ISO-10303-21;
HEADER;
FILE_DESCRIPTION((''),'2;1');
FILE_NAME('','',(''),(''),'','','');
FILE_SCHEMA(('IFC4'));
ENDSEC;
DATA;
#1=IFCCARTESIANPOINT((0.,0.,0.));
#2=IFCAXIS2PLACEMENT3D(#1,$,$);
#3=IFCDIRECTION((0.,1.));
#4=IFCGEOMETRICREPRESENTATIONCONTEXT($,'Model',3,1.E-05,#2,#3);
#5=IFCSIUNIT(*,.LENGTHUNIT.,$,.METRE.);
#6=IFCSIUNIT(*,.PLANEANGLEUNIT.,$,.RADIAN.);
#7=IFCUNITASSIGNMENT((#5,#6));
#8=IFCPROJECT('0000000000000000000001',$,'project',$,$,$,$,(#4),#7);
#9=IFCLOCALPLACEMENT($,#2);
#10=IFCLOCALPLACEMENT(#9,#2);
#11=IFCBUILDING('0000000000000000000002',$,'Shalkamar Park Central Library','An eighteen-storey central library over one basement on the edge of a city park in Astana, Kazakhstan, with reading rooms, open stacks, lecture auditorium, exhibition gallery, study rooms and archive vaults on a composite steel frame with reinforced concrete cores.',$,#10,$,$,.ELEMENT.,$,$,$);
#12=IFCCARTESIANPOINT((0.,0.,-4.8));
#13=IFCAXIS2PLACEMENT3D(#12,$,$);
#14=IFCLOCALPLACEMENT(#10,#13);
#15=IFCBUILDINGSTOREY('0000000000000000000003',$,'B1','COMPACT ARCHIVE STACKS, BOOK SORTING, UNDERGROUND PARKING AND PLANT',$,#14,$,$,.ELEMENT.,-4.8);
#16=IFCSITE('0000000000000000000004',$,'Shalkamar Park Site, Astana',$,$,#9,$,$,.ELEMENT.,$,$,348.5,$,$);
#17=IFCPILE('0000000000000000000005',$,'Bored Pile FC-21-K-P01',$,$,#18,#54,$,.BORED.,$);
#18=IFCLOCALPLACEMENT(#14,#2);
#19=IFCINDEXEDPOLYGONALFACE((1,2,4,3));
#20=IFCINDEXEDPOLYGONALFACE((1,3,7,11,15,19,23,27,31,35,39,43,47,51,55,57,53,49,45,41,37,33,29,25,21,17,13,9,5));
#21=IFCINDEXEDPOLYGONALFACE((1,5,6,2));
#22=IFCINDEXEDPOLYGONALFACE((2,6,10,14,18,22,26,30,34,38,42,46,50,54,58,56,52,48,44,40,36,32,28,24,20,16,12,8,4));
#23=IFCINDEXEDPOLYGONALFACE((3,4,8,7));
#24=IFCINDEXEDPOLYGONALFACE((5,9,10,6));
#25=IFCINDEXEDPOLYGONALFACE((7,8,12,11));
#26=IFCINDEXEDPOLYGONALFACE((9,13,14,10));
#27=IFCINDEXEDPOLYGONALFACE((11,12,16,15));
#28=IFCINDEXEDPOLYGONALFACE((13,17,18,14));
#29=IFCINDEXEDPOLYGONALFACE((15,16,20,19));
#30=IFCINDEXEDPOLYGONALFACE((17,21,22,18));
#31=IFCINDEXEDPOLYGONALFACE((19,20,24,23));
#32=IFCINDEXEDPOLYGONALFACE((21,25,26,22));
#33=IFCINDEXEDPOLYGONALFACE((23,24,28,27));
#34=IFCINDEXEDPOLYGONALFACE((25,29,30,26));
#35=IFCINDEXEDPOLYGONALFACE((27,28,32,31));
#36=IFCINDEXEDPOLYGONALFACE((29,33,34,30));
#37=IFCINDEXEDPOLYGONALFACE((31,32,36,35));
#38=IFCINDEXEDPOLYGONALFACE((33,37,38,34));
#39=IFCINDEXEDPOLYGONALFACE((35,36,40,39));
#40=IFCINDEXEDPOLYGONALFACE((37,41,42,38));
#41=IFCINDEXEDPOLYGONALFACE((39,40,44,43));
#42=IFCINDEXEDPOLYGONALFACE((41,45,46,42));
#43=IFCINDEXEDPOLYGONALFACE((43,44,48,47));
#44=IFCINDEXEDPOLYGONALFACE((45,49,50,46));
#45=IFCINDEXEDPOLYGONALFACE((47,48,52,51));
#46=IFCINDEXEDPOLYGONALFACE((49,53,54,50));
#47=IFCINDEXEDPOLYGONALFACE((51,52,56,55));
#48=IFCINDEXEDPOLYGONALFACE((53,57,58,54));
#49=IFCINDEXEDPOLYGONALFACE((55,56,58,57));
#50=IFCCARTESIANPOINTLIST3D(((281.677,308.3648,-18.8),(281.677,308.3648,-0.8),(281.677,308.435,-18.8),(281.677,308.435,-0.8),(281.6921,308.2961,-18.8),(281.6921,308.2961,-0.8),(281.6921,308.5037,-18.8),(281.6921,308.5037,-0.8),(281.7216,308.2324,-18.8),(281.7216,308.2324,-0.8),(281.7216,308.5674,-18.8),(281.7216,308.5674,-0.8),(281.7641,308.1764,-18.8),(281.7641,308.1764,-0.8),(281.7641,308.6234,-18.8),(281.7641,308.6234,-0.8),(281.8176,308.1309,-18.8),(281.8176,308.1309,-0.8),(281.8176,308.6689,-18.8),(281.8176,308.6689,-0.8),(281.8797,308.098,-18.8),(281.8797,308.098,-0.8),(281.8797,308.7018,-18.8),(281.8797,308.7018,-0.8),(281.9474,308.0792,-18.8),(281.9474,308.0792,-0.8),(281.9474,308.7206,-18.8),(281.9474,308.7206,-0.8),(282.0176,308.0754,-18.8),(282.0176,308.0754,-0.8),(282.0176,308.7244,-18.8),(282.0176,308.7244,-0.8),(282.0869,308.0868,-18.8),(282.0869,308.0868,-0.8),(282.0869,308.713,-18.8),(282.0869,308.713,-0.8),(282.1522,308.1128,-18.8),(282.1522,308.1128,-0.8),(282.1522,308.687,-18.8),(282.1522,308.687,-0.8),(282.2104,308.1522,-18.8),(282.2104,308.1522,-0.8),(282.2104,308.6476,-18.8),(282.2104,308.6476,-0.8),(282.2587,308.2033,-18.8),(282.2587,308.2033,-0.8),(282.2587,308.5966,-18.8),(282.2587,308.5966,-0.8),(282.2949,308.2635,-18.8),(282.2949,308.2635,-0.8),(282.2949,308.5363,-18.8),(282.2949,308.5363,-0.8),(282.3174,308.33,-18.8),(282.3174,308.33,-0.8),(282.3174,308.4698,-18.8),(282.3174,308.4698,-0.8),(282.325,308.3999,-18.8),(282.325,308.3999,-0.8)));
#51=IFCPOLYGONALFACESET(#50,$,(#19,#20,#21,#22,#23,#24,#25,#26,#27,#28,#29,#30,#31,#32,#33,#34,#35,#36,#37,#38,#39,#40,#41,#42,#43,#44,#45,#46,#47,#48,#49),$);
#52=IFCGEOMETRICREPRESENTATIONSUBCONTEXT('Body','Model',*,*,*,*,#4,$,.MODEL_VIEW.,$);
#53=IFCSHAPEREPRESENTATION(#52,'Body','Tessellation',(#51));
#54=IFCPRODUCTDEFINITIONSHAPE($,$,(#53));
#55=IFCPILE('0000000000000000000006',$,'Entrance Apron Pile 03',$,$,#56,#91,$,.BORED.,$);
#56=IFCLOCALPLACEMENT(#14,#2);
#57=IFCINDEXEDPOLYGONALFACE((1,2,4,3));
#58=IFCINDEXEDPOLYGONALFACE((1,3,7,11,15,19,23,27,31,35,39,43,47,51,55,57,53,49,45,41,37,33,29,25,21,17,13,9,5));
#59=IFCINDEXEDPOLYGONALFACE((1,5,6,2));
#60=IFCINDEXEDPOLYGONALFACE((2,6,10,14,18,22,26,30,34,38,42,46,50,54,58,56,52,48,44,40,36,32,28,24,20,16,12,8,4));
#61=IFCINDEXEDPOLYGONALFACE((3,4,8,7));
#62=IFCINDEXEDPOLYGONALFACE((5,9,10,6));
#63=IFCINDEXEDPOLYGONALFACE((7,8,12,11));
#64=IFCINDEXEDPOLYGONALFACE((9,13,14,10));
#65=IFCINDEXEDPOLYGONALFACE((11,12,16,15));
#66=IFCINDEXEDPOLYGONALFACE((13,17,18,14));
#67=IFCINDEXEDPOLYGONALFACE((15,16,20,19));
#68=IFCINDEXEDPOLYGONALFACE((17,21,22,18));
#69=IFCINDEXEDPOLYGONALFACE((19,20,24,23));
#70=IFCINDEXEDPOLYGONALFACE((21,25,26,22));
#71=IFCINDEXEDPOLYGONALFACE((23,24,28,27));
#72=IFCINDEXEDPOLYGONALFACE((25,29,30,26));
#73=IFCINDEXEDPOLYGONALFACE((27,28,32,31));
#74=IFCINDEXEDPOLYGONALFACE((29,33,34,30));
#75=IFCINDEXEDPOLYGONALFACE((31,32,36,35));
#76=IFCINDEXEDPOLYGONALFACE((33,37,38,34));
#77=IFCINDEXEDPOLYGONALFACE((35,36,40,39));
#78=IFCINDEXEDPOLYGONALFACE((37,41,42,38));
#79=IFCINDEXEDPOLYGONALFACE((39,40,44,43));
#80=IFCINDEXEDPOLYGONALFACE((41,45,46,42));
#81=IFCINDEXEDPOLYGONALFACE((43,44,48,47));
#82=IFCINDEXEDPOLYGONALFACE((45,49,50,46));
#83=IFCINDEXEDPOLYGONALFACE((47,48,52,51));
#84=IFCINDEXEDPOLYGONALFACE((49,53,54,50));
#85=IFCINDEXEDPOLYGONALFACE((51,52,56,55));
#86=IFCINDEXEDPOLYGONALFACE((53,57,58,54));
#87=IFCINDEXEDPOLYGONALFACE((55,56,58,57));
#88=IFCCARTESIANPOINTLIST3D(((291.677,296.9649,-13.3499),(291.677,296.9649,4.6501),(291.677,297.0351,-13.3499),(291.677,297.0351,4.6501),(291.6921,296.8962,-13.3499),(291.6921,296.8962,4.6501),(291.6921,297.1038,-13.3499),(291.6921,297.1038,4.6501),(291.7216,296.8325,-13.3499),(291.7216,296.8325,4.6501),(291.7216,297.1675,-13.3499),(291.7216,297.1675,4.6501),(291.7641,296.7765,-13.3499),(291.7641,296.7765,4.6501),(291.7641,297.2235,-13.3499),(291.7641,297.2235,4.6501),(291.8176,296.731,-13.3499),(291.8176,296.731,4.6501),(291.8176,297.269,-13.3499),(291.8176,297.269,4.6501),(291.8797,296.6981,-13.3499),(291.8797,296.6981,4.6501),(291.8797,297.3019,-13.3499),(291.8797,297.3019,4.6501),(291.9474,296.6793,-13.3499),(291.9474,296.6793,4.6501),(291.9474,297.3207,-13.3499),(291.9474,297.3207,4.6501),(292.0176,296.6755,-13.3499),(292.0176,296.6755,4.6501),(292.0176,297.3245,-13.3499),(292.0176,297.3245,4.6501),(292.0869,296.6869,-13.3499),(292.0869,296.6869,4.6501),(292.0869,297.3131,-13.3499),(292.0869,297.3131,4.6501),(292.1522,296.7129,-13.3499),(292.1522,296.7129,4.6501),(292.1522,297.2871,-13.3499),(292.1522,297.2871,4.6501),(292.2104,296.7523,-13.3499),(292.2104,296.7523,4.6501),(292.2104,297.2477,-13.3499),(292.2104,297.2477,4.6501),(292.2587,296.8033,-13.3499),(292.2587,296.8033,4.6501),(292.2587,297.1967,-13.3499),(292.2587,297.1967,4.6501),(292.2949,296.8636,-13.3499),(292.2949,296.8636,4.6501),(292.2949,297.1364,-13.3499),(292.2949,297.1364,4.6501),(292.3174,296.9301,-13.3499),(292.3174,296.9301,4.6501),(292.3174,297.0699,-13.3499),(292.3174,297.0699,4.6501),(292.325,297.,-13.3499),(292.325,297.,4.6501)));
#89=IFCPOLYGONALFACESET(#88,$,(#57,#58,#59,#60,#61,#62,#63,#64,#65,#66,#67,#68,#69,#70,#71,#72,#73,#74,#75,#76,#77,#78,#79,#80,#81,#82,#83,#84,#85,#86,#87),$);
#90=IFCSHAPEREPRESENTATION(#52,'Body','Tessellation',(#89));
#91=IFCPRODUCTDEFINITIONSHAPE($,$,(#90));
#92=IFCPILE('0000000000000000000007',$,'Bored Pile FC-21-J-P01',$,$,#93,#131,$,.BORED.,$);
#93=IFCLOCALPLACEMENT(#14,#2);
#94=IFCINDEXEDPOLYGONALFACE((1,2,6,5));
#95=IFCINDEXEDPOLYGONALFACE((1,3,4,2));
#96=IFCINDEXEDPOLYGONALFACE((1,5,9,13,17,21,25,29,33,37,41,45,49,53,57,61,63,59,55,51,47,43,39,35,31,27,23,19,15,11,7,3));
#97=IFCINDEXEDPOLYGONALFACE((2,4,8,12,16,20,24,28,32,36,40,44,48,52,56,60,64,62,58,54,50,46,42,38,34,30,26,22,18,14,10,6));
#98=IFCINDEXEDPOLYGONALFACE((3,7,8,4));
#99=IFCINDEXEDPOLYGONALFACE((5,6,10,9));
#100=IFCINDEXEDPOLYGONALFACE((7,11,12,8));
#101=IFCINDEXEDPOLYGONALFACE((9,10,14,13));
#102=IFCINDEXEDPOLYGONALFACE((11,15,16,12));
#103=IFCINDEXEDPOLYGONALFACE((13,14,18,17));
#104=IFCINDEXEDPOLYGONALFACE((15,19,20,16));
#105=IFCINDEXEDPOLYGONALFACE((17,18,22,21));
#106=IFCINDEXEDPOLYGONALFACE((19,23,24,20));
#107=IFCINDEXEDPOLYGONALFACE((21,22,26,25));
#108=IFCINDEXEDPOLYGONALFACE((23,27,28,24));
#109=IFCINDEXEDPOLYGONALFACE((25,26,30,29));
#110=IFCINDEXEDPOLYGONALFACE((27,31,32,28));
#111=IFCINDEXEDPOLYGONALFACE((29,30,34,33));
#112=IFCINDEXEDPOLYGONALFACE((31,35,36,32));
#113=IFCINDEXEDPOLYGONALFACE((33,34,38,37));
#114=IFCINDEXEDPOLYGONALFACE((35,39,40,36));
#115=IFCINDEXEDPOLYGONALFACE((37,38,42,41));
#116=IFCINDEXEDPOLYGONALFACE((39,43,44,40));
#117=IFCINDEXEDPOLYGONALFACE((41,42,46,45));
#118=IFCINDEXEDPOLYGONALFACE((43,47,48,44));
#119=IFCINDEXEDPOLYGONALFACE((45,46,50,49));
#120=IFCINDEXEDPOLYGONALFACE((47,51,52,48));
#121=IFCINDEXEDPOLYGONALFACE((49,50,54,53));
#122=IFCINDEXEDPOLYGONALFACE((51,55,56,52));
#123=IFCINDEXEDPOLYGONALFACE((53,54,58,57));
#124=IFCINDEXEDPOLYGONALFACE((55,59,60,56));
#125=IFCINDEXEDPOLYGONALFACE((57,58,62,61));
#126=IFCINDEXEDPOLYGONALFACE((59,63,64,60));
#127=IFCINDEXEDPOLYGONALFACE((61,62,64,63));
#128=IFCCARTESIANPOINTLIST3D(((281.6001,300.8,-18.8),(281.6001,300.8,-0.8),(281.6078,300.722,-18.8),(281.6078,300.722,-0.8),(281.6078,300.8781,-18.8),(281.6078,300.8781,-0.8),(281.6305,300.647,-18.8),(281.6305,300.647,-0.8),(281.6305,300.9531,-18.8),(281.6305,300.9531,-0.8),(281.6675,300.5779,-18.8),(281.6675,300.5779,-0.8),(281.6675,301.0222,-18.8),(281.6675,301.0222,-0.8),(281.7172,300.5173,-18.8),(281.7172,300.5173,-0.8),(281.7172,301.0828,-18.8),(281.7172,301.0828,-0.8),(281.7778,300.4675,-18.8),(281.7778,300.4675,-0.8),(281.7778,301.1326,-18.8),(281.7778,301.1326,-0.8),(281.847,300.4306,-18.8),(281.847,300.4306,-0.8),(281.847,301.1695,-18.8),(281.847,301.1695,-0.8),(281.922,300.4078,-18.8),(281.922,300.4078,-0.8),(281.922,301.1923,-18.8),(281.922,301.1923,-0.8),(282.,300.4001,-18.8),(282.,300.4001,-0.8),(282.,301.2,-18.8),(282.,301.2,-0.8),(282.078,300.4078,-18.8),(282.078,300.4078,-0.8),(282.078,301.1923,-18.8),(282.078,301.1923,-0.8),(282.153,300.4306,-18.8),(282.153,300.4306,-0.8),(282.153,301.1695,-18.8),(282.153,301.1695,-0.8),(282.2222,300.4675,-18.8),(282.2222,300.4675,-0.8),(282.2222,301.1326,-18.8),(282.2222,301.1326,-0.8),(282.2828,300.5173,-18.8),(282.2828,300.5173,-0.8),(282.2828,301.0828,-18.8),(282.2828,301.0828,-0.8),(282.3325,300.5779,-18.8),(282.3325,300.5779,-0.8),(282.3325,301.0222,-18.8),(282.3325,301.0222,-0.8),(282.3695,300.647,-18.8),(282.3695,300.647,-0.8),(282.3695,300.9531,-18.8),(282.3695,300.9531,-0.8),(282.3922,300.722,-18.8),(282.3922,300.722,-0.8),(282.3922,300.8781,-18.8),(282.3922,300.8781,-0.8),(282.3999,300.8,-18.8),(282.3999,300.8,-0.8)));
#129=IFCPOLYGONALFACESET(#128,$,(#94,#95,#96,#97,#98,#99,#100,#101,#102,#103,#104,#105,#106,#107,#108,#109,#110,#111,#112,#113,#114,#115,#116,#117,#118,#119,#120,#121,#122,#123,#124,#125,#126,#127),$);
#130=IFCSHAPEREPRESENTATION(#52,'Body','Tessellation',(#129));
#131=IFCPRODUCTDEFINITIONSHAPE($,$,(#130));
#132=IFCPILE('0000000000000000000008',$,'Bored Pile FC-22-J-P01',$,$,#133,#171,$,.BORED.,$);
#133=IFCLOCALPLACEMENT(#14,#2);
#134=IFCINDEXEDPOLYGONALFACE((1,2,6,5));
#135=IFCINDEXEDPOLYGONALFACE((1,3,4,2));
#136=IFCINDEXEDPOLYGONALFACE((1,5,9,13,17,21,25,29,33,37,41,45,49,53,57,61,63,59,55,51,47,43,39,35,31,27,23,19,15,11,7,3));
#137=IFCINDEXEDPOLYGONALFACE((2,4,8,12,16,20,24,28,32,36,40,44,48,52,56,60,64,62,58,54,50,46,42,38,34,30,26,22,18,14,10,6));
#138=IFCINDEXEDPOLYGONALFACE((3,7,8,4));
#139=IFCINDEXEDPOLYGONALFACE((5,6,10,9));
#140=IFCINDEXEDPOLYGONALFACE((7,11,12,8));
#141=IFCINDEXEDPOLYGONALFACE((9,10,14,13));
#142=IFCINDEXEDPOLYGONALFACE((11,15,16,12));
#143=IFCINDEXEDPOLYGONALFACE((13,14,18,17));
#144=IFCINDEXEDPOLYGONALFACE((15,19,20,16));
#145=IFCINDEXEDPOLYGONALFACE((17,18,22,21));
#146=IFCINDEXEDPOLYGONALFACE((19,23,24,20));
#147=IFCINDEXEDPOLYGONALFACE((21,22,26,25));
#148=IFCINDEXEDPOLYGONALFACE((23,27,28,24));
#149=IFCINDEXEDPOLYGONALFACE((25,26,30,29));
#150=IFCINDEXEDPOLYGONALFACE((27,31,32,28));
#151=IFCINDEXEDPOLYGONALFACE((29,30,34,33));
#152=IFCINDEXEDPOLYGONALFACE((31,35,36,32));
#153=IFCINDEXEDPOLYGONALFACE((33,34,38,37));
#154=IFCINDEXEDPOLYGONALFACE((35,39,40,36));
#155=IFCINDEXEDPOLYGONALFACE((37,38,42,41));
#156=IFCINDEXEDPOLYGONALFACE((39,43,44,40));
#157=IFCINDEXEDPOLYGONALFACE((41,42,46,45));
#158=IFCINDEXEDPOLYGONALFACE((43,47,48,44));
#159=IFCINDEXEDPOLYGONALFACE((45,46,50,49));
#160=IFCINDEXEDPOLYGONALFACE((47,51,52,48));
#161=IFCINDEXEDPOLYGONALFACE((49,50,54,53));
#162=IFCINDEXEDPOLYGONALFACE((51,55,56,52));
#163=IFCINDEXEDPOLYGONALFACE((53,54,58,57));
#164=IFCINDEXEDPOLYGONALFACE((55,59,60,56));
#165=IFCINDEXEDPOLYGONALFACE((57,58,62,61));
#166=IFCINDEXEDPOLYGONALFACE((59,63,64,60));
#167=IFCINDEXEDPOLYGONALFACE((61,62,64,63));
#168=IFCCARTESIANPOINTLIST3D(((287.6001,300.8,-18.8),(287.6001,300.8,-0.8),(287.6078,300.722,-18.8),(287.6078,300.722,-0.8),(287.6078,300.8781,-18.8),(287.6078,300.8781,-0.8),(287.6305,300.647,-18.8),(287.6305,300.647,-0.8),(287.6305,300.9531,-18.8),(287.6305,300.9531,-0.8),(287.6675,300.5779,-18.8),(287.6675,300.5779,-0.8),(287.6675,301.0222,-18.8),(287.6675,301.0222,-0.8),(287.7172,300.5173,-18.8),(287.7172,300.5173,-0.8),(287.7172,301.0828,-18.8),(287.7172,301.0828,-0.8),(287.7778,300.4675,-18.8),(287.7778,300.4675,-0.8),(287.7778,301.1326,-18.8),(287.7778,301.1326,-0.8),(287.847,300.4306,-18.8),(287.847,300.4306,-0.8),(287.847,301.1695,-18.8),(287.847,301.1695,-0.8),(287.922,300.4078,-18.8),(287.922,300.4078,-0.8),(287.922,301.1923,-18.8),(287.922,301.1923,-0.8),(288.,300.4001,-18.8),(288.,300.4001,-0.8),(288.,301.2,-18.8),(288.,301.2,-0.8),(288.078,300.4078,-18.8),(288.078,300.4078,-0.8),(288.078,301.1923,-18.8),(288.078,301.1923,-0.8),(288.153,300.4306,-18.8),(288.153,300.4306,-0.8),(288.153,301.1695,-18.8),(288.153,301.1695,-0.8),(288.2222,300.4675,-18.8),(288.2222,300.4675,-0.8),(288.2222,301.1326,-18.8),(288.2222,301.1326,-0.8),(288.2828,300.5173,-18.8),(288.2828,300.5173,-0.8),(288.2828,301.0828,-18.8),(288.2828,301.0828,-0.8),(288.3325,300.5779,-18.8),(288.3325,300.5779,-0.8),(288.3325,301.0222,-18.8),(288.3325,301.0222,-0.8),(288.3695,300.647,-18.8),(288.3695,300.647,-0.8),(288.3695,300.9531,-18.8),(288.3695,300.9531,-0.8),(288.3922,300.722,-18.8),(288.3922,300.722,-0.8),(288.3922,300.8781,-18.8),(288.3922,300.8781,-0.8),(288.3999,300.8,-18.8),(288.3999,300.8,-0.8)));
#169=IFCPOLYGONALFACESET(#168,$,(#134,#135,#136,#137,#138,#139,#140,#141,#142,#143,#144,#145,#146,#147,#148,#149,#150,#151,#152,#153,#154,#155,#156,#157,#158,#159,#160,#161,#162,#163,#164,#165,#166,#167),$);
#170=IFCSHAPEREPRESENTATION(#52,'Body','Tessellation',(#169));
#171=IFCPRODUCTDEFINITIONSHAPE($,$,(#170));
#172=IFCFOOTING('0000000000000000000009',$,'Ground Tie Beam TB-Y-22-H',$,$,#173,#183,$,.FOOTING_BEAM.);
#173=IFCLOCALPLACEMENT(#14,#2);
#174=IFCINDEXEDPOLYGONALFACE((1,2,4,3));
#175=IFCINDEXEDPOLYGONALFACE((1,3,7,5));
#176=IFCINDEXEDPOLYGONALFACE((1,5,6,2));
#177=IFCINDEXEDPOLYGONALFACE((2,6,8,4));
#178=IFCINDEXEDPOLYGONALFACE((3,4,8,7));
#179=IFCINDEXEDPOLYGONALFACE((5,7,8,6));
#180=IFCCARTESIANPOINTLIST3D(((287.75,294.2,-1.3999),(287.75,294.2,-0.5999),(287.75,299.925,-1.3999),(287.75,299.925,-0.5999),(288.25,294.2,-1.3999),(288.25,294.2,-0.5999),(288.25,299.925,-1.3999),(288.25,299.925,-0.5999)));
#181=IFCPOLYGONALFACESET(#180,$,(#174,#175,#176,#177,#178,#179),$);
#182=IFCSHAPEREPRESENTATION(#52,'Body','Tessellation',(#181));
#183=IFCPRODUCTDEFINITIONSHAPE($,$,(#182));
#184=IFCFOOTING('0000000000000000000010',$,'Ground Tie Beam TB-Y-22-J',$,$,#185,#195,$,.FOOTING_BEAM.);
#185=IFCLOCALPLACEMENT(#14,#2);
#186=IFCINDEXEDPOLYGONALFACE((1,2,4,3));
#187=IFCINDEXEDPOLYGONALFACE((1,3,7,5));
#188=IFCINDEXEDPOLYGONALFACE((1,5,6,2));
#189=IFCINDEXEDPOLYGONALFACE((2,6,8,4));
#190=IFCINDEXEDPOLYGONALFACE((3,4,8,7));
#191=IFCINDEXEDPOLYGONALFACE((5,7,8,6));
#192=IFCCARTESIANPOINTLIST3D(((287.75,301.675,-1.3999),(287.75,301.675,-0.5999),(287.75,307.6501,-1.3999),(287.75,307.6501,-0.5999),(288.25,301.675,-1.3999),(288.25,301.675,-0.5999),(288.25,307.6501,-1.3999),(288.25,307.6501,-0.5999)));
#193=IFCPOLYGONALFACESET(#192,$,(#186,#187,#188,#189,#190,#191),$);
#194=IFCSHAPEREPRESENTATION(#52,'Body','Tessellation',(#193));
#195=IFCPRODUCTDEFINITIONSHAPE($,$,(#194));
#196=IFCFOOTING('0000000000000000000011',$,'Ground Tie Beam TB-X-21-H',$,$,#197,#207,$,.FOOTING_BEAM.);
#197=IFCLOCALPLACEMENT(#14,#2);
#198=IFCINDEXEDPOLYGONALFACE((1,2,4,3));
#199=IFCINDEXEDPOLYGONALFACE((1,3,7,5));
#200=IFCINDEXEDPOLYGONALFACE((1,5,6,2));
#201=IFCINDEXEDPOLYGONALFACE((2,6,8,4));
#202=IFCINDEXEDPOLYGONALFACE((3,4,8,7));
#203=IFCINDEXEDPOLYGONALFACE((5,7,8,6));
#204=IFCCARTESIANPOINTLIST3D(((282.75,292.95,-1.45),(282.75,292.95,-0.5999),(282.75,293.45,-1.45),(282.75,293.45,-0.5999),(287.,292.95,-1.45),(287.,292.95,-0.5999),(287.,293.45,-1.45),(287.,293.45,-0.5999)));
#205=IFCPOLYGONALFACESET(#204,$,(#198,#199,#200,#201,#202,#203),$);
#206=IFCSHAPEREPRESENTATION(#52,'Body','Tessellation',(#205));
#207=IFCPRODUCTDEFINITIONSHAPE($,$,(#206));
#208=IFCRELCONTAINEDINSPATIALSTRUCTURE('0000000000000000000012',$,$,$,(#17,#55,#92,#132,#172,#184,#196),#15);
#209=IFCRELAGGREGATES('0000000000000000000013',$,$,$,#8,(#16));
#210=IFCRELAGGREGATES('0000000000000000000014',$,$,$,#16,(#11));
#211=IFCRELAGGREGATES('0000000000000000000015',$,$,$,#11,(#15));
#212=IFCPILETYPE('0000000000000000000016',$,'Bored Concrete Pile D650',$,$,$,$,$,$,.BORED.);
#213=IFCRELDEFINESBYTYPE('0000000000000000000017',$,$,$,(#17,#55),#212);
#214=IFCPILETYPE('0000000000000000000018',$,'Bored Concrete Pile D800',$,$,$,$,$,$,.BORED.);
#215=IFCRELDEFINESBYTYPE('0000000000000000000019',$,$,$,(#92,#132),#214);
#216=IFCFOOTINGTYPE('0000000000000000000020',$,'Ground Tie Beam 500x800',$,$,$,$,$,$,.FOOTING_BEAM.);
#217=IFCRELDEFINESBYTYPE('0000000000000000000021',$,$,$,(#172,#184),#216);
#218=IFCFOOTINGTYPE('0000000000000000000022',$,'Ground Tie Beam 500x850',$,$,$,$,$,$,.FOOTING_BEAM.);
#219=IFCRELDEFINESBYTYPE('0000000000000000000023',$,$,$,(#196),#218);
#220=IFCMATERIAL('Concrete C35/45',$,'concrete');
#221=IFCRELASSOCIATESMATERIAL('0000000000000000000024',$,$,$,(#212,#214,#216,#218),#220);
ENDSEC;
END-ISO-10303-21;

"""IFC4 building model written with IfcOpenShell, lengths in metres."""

from ifc_helpers import new_model, si_unit, direction, frame, origin, origin_2d, place, context, subcontext, project, spatial, rectangle, circle, extrude, material, material_profile, profile_set, type_object, element, save


model = new_model("IFC4")

# Units and contexts
model_context = context("Model", 3, precision=1e-05, world=origin(), true_north=direction((0.0, 1.0)))
body_context = subcontext(model_context, "Body", "Model", "MODEL_VIEW")
ifc_project = project(units=[si_unit("LENGTHUNIT", "METRE"), si_unit("PLANEANGLEUNIT", "RADIAN")], contexts=[model_context])

# Site, building, storey
site_placement = place(None, origin())
site = spatial("IfcSite", under=ifc_project, at=site_placement, Name="Shalkamar Park Site, Astana", CompositionType="ELEMENT", RefElevation=348.5)
building_placement = place(site_placement, origin())
building = spatial("IfcBuilding", under=site, at=building_placement, Name="Shalkamar Park Central Library", Description="An eighteen-storey central library over one basement on the edge of a city park in Astana, Kazakhstan, with reading rooms, open stacks, lecture auditorium, exhibition gallery, study rooms and archive vaults on a composite steel frame with reinforced concrete cores.", CompositionType="ELEMENT")
storey_placement = place(building_placement, frame((0.0, 0.0, -4.8)))
storey = spatial("IfcBuildingStorey", under=building, at=storey_placement, Name="B1", Description="COMPACT ARCHIVE STACKS, BOOK SORTING, UNDERGROUND PARKING AND PLANT", CompositionType="ELEMENT", Elevation=-4.8)

# Piles
ifc_material_1 = material(Name="Concrete C35/45", Category="concrete")
ifc_material_profile_1 = material_profile(ifc_material_1, circle(Radius=0.325, at=origin_2d()), Name="PILE D650")
ifc_profile_set_1 = profile_set([ifc_material_profile_1], Name="Concrete C35/45")
pile_type_1 = type_object("IfcPileType", Name="Bored Concrete Pile D650", PredefinedType="BORED", material=ifc_profile_set_1)
for number, where, z_axis, x_axis, name in (
    (1, (282.0, 308.3999, -0.8), (0.0, 0.0, -1.0), (1.0, 0.0, 0.0), "Bored Pile FC-21-K-P01"),
    (2, (292.0, 297.0, 4.6501), (0.0, 0.0, -1.0), (1.0, 0.0, 0.0), "Entrance Apron Pile 03"),
):
    element("IfcPile", number, at=place(storey_placement, frame(where, z_axis=z_axis, x_axis=x_axis)), inside=storey, type_object=pile_type_1, Name=name, PredefinedType="BORED", context=body_context, shape_type="SweptSolid", body=[
        extrude(circle(Radius=0.325, at=origin_2d()), origin(), (0.0, 0.0, 1.0), 18.0),
    ])
ifc_material_profile_2 = material_profile(ifc_material_1, circle(Radius=0.3999, at=origin_2d()), Name="PILE D800")
ifc_profile_set_2 = profile_set([ifc_material_profile_2], Name="Concrete C35/45")
pile_type_2 = type_object("IfcPileType", Name="Bored Concrete Pile D800", PredefinedType="BORED", material=ifc_profile_set_2)
for number, where, z_axis, x_axis, name in (
    (3, (282.0, 300.8, -0.8), (0.0, 0.0, -1.0), (1.0, 0.0, 0.0), "Bored Pile FC-21-J-P01"),
    (4, (288.0, 300.8, -0.8), (0.0, 0.0, -1.0), (1.0, 0.0, 0.0), "Bored Pile FC-22-J-P01"),
):
    element("IfcPile", number, at=place(storey_placement, frame(where, z_axis=z_axis, x_axis=x_axis)), inside=storey, type_object=pile_type_2, Name=name, PredefinedType="BORED", context=body_context, shape_type="SweptSolid", body=[
        extrude(circle(Radius=0.3999, at=origin_2d()), origin(), (0.0, 0.0, 1.0), 18.0),
    ])

# Footings
footing_type_1 = type_object("IfcFootingType", Name="Ground Tie Beam 500x800", PredefinedType="FOOTING_BEAM", material=ifc_material_1)
footing_1_placement = place(storey_placement, frame((288.0, 297.0625, -1.3999), z_axis=(0.0, 0.0, 1.0), x_axis=(0.0, 1.0, 0.0)))
element("IfcFooting", 5, at=footing_1_placement, inside=storey, type_object=footing_type_1, Name="Ground Tie Beam TB-Y-22-H", PredefinedType="FOOTING_BEAM", context=body_context, shape_type="SweptSolid", body=[
    extrude(rectangle(XDim=5.7251, YDim=0.5, at=origin_2d()), origin(), (0.0, 0.0, 1.0), 0.8),
])
footing_2_placement = place(storey_placement, frame((288.0, 304.6626, -1.3999), z_axis=(0.0, 0.0, 1.0), x_axis=(0.0, 1.0, 0.0)))
element("IfcFooting", 6, at=footing_2_placement, inside=storey, type_object=footing_type_1, Name="Ground Tie Beam TB-Y-22-J", PredefinedType="FOOTING_BEAM", context=body_context, shape_type="SweptSolid", body=[
    extrude(rectangle(XDim=5.9751, YDim=0.5, at=origin_2d()), origin(), (0.0, 0.0, 1.0), 0.8),
])
footing_type_2 = type_object("IfcFootingType", Name="Ground Tie Beam 500x850", PredefinedType="FOOTING_BEAM", material=ifc_material_1)
footing_3_placement = place(storey_placement, frame((284.875, 293.2, -1.45), z_axis=(0.0, 0.0, 1.0), x_axis=(1.0, 0.0, 0.0)))
element("IfcFooting", 7, at=footing_3_placement, inside=storey, type_object=footing_type_2, Name="Ground Tie Beam TB-X-21-H", PredefinedType="FOOTING_BEAM", context=body_context, shape_type="SweptSolid", body=[
    extrude(rectangle(XDim=4.25, YDim=0.5, at=origin_2d()), origin(), (0.0, 0.0, 1.0), 0.8501),
])

save(model, "model.ifc")
